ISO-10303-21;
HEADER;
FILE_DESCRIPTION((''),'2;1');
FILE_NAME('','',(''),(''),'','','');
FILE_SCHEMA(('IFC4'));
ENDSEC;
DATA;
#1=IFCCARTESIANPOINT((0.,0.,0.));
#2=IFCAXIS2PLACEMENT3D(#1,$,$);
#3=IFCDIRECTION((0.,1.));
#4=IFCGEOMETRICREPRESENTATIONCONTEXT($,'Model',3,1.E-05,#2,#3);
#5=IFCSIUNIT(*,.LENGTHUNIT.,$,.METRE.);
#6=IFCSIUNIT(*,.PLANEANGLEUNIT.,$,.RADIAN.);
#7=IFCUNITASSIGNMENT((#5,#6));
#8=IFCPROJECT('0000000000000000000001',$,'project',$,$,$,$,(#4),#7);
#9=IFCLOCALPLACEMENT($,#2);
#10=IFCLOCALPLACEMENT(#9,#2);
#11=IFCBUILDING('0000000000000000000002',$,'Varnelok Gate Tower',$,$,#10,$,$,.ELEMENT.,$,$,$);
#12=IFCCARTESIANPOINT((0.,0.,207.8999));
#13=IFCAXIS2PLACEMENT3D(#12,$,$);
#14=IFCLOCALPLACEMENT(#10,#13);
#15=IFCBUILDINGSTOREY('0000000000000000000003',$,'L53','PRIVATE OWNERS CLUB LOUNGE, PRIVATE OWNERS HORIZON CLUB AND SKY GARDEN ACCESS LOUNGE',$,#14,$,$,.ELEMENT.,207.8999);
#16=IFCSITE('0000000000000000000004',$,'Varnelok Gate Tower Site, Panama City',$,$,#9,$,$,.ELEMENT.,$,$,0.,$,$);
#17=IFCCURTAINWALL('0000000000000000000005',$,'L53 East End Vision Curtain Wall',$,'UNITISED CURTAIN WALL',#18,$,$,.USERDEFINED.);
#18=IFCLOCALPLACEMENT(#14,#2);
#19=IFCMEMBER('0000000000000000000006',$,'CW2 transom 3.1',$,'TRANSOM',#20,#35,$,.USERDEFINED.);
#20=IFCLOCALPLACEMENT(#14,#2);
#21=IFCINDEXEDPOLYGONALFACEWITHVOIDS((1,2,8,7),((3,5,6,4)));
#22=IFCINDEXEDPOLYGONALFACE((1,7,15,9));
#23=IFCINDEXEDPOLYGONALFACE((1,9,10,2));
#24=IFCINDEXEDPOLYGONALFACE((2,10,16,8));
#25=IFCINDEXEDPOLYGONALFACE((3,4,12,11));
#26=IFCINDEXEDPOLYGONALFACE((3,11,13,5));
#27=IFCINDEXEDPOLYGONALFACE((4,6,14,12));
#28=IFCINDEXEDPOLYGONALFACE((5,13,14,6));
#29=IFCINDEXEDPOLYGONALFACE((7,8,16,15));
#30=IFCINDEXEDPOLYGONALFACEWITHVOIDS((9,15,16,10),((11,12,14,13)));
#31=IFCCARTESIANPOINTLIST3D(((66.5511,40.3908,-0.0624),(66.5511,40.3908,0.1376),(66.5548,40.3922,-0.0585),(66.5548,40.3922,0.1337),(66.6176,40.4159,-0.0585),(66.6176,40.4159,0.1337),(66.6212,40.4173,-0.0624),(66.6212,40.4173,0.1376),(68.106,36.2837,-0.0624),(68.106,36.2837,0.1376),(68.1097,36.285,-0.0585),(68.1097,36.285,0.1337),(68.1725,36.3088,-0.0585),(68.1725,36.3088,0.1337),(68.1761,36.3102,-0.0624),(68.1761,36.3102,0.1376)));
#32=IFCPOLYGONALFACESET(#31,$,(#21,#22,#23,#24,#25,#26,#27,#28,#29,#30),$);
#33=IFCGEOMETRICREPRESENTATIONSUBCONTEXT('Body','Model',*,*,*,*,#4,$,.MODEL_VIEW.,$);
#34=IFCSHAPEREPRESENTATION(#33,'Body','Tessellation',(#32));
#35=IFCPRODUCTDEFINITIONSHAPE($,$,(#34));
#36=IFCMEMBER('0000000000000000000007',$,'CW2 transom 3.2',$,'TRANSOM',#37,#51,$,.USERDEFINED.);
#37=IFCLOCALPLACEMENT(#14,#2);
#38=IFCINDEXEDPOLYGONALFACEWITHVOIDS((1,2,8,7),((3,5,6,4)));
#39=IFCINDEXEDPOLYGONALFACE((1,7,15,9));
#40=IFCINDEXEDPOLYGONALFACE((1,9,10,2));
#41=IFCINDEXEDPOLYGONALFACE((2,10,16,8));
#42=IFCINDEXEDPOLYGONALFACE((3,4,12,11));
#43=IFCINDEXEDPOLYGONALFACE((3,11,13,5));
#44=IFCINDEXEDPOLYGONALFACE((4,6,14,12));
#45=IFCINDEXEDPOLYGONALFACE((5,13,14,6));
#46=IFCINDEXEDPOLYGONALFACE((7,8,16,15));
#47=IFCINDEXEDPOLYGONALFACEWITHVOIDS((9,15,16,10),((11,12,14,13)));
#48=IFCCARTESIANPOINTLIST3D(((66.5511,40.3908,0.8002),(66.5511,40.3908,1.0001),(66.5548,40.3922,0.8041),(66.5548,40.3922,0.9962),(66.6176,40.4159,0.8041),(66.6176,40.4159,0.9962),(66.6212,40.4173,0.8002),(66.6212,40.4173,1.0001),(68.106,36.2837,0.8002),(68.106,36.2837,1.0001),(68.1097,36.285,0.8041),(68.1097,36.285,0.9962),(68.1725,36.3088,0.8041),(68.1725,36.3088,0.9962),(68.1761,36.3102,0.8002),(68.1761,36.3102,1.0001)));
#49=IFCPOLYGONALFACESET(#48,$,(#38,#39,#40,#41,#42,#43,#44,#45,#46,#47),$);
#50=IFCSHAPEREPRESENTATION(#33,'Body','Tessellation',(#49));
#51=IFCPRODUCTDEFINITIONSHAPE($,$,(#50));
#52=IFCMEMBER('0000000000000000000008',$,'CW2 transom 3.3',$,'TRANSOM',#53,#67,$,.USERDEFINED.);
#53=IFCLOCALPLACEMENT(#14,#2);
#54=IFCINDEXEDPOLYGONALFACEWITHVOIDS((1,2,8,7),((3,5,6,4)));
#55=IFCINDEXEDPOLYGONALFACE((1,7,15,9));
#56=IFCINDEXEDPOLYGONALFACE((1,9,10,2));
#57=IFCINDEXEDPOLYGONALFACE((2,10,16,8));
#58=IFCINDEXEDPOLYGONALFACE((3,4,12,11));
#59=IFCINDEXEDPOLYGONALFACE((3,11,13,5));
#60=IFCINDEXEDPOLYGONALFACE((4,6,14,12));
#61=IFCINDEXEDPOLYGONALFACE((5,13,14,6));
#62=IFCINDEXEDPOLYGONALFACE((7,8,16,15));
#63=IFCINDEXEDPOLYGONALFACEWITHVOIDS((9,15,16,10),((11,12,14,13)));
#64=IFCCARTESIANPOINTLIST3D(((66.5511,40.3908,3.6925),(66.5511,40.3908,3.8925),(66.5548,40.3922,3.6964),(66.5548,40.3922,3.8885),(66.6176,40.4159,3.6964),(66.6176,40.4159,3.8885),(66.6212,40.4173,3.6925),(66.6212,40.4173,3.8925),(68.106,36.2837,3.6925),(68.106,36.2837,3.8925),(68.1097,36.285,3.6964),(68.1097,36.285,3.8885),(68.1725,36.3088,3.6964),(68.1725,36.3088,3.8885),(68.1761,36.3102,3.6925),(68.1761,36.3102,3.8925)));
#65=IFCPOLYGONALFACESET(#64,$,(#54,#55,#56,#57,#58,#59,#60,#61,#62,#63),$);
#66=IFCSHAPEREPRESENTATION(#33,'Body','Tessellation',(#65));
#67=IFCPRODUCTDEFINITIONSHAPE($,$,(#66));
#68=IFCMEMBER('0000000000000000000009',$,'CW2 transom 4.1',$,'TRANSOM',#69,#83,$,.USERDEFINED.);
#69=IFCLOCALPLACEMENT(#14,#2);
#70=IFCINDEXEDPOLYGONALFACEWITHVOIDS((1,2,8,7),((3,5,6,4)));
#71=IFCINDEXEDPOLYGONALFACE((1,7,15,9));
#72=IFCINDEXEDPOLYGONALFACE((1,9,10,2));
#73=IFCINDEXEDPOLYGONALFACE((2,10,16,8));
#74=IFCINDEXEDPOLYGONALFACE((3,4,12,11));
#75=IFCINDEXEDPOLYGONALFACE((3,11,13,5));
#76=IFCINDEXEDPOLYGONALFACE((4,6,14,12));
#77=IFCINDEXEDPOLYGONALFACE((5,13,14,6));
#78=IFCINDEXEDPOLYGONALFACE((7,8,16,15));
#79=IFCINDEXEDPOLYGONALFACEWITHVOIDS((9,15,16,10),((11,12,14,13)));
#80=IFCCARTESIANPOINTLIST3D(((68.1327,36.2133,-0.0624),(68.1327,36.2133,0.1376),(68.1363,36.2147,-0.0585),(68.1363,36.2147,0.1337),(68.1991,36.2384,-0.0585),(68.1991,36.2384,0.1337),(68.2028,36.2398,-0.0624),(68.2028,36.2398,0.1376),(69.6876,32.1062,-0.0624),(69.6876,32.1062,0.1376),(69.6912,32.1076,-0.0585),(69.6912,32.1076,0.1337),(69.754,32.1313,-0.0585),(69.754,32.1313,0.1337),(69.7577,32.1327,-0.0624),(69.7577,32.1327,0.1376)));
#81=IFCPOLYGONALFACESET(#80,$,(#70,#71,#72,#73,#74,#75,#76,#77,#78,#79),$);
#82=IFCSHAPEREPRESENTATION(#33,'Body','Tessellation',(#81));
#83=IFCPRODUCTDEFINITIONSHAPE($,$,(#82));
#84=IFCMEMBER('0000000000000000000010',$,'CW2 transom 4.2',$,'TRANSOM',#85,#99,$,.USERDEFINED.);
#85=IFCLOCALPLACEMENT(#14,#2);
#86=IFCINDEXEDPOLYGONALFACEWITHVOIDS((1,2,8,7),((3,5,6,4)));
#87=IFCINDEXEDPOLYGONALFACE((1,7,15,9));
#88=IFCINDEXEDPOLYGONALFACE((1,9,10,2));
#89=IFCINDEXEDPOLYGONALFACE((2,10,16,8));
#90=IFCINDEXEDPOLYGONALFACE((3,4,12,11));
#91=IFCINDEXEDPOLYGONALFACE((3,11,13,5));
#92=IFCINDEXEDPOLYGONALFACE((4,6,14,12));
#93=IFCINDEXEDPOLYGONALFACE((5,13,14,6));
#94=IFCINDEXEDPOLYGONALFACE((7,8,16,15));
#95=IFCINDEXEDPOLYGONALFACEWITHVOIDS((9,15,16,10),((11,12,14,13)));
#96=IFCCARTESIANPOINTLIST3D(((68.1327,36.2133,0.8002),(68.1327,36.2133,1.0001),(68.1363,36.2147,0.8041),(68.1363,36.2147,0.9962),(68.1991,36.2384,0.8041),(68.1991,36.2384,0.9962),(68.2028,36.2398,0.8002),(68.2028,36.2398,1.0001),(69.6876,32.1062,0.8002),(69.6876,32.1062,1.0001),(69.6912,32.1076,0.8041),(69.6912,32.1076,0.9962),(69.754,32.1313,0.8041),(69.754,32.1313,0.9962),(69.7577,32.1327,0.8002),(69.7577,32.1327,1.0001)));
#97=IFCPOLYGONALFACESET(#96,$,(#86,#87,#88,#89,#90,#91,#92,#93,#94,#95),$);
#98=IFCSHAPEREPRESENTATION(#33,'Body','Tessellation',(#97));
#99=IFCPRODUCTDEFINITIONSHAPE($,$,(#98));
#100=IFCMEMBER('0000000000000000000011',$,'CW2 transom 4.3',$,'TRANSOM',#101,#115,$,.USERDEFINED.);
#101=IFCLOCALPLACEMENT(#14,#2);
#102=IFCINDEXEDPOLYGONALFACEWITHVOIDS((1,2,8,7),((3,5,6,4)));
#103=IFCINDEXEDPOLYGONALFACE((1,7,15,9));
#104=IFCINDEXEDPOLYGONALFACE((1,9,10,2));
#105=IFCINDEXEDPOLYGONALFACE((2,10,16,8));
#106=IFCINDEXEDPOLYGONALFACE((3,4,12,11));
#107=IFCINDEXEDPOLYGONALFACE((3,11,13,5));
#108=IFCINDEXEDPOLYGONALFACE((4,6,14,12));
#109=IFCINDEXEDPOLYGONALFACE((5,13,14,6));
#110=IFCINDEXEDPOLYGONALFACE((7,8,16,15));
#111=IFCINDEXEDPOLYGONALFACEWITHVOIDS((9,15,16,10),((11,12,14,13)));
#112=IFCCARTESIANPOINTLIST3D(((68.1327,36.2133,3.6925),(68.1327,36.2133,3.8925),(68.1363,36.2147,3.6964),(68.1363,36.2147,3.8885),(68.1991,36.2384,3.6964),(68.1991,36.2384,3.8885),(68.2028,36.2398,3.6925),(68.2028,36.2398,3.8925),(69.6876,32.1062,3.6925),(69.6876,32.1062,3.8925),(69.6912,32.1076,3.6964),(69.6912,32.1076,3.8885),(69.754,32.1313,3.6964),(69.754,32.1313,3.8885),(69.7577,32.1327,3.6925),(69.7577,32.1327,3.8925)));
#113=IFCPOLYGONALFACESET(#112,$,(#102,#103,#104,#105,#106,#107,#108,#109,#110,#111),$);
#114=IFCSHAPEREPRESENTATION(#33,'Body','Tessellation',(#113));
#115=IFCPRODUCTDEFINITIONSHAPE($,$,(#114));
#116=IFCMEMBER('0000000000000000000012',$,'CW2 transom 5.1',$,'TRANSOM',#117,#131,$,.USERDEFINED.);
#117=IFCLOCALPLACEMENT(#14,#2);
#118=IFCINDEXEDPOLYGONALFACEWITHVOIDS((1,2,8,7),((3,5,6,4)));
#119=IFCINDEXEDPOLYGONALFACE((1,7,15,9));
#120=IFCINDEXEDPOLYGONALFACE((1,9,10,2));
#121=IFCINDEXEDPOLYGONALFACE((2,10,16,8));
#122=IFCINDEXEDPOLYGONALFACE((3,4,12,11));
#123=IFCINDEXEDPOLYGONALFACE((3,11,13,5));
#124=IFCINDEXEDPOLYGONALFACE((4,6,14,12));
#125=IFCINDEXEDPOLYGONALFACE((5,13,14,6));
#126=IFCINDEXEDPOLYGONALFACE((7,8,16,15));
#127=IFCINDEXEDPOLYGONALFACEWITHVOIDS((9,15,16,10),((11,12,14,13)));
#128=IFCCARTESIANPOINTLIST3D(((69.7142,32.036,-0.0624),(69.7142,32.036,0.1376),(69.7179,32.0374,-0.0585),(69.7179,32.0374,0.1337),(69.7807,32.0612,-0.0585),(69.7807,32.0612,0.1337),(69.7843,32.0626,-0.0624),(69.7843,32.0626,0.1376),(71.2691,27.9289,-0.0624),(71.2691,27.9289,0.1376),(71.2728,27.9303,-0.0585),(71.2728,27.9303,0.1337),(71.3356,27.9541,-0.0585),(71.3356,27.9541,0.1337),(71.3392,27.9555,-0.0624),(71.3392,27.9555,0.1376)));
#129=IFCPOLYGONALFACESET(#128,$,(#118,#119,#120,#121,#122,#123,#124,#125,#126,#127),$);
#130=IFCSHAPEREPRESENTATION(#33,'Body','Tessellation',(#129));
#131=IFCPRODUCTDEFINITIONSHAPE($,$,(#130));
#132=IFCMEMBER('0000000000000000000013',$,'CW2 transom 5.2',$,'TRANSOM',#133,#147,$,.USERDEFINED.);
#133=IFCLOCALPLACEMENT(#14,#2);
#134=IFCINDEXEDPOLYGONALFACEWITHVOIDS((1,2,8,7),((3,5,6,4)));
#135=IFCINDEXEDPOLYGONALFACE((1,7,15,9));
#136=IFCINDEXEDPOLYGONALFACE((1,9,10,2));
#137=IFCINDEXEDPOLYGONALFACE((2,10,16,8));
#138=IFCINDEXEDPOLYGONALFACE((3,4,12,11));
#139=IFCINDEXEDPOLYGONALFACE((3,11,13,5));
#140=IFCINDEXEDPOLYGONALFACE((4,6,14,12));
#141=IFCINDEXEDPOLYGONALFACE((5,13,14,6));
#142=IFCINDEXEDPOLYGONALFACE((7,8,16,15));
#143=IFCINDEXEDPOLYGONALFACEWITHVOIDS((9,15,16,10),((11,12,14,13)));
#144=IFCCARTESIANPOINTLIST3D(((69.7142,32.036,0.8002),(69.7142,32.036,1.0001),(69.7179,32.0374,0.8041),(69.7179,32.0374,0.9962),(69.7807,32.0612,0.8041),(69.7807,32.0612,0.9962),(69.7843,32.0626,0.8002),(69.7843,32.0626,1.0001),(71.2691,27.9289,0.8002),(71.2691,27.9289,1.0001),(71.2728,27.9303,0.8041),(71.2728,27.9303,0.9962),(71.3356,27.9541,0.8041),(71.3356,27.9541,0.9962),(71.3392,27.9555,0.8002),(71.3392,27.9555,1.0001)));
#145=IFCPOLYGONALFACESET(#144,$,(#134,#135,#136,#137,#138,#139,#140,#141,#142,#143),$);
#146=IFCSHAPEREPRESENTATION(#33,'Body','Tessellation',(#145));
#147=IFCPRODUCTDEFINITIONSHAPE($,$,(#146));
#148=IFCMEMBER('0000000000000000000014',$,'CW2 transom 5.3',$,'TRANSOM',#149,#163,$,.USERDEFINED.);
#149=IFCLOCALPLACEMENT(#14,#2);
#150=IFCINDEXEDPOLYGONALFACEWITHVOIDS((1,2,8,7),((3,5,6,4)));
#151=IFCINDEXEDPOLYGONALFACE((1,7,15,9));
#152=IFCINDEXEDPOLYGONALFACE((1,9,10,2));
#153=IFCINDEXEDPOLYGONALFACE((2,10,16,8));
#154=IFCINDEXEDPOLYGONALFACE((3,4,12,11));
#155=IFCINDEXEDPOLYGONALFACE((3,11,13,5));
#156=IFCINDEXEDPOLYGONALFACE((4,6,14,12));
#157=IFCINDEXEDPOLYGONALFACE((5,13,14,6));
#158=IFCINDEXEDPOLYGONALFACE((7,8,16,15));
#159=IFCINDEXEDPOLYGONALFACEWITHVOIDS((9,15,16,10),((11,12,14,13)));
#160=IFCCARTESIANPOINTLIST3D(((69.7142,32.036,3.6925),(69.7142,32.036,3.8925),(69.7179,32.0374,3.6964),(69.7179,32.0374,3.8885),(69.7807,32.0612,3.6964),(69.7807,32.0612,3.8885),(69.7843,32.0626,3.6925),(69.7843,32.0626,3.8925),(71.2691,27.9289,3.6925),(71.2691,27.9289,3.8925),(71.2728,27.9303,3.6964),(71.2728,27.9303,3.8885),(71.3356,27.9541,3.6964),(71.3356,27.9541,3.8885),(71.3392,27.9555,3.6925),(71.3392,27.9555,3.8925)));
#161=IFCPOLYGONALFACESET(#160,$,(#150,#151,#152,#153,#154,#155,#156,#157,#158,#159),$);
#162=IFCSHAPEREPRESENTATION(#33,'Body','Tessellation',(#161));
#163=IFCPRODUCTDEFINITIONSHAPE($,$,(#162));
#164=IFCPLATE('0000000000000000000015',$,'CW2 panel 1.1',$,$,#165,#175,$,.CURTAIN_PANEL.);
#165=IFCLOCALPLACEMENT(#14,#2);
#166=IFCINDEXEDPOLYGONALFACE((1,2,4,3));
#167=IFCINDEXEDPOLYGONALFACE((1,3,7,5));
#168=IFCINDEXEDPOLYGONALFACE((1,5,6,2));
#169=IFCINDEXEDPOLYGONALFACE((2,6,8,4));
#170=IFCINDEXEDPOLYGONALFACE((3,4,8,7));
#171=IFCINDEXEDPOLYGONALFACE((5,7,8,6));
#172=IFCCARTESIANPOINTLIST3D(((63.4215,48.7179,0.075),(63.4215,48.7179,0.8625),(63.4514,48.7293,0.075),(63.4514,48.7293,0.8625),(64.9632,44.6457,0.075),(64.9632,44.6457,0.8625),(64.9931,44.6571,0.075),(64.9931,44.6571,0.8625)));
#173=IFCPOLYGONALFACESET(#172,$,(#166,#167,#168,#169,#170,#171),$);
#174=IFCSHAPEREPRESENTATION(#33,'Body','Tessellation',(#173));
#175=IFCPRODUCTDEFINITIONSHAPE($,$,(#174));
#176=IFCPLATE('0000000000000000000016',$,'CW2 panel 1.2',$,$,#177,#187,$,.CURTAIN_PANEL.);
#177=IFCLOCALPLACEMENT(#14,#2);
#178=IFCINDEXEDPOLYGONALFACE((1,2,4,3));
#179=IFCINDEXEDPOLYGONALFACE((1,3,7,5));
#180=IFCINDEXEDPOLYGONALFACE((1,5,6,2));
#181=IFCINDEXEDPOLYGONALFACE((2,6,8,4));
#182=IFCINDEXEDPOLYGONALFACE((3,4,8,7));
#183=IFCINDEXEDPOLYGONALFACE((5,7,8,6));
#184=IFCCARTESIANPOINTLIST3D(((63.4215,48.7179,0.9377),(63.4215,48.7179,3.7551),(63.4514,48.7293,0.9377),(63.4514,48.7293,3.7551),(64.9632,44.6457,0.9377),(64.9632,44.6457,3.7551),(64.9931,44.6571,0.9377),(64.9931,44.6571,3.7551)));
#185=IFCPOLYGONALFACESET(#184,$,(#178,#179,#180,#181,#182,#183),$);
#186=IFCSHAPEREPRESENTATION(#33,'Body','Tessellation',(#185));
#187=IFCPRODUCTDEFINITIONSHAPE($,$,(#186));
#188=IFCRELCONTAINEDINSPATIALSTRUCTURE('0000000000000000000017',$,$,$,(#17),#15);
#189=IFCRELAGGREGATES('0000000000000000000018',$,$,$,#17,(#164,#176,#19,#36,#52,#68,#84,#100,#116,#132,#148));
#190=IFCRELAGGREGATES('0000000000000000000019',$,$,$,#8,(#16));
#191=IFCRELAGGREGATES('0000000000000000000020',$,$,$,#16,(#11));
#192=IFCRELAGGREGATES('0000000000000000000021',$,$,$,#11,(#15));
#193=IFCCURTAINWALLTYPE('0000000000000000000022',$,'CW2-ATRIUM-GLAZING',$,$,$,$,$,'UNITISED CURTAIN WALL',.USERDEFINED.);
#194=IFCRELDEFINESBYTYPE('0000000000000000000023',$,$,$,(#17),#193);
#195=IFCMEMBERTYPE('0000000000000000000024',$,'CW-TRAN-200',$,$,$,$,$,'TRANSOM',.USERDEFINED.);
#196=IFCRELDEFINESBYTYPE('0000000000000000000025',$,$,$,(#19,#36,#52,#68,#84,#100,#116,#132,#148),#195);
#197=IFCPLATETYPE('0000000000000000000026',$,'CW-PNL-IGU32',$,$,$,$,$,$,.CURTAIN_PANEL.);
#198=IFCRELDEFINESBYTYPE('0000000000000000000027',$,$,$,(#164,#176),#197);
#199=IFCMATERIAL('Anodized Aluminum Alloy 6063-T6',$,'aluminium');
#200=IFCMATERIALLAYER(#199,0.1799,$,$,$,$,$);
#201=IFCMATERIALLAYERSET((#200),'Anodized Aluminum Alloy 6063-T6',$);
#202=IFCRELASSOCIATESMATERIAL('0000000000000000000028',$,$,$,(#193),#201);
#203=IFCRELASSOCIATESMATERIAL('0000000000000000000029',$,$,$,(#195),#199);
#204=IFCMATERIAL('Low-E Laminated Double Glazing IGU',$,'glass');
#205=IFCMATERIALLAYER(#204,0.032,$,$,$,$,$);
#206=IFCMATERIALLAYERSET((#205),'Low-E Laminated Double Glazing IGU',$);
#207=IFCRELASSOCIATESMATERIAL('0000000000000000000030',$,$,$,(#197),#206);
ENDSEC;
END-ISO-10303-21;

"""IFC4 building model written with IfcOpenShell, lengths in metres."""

from ifc_helpers import new_model, si_unit, direction, frame, origin, origin_2d, place, context, subcontext, project, spatial, rectangle, hollow_rectangle, extrude, source, transform, mapped, material, layer, layer_set, material_profile, profile_set, type_object, element, aggregate, save


model = new_model("IFC4")

# Units and contexts
model_context = context("Model", 3, precision=1e-05, world=origin(), true_north=direction((0.0, 1.0)))
body_context = subcontext(model_context, "Body", "Model", "MODEL_VIEW")
ifc_project = project(units=[si_unit("LENGTHUNIT", "METRE"), si_unit("PLANEANGLEUNIT", "RADIAN")], contexts=[model_context])

# Site, building, storey
site_placement = place(None, origin())
site = spatial("IfcSite", under=ifc_project, at=site_placement, Name="Varnelok Gate Tower Site, Panama City", CompositionType="ELEMENT", RefElevation=0.0)
building_placement = place(site_placement, origin())
building = spatial("IfcBuilding", under=site, at=building_placement, Name="Varnelok Gate Tower", CompositionType="ELEMENT")
storey_placement = place(building_placement, frame((0.0, 0.0, 207.8999)))
storey = spatial("IfcBuildingStorey", under=building, at=storey_placement, Name="L53", Description="PRIVATE OWNERS CLUB LOUNGE, PRIVATE OWNERS HORIZON CLUB AND SKY GARDEN ACCESS LOUNGE", CompositionType="ELEMENT", Elevation=207.8999)

# Curtain wall, members, plates
ifc_material_1 = material(Name="Anodized Aluminum Alloy 6063-T6", Category="aluminium")
ifc_layer_1 = layer(ifc_material_1, 0.1799)
ifc_layer_set_1 = layer_set([ifc_layer_1], Name="Anodized Aluminum Alloy 6063-T6")
curtain_wall_type = type_object("IfcCurtainWallType", Name="CW2-ATRIUM-GLAZING", ElementType="UNITISED CURTAIN WALL", PredefinedType="USERDEFINED", material=ifc_layer_set_1)
curtain_wall_placement = place(storey_placement, origin())
curtain_wall = element("IfcCurtainWall", 1, at=curtain_wall_placement, inside=storey, type_object=curtain_wall_type, Name="L53 East End Vision Curtain Wall", ObjectType="UNITISED CURTAIN WALL", PredefinedType="USERDEFINED")
ifc_material_profile_1 = material_profile(ifc_material_1, hollow_rectangle(XDim=0.075, YDim=0.2, WallThickness=0.0039, at=origin_2d()), Name="ALU200X75X4")
ifc_profile_set_1 = profile_set([ifc_material_profile_1], Name="Anodized Aluminum Alloy 6063-T6")
member_type_1 = type_object("IfcMemberType", Name="CW-TRAN-200", ElementType="TRANSOM", PredefinedType="USERDEFINED", material=ifc_profile_set_1)
member_1_placement = place(storey_placement, frame((66.5862, 40.4041, 0.0376), z_axis=(0.354064, -0.935221, 0.0), x_axis=(0.935221, 0.354064, 0.0)))
member_1 = element("IfcMember", 2, at=member_1_placement, type_object=member_type_1, Name="CW2 transom 3.1", ObjectType="TRANSOM", PredefinedType="USERDEFINED", context=body_context, shape_type="SweptSolid", body=[
    extrude(hollow_rectangle(XDim=0.075, YDim=0.2, WallThickness=0.0039, at=origin_2d()), origin(), (0.0, 0.0, 1.0), 4.3916),
])
member_2_placement = place(storey_placement, frame((66.5862, 40.4041, 0.9001), z_axis=(0.354064, -0.935221, 0.0), x_axis=(0.935221, 0.354064, 0.0)))
member_2 = element("IfcMember", 3, at=member_2_placement, type_object=member_type_1, Name="CW2 transom 3.2", ObjectType="TRANSOM", PredefinedType="USERDEFINED", context=body_context, shape_type="SweptSolid", body=[
    extrude(hollow_rectangle(XDim=0.075, YDim=0.2, WallThickness=0.0039, at=origin_2d()), origin(), (0.0, 0.0, 1.0), 4.3916),
])
member_3_placement = place(storey_placement, frame((66.5862, 40.4041, 3.7925), z_axis=(0.354064, -0.935221, 0.0), x_axis=(0.935221, 0.354064, 0.0)))
member_3 = element("IfcMember", 4, at=member_3_placement, type_object=member_type_1, Name="CW2 transom 3.3", ObjectType="TRANSOM", PredefinedType="USERDEFINED", context=body_context, shape_type="SweptSolid", body=[
    extrude(hollow_rectangle(XDim=0.075, YDim=0.2, WallThickness=0.0039, at=origin_2d()), origin(), (0.0, 0.0, 1.0), 4.3916),
])
member_4_placement = place(storey_placement, frame((68.1677, 36.2266, 0.0376), z_axis=(0.354064, -0.935221, 0.0), x_axis=(0.935221, 0.354064, 0.0)))
member_4 = element("IfcMember", 5, at=member_4_placement, type_object=member_type_1, Name="CW2 transom 4.1", ObjectType="TRANSOM", PredefinedType="USERDEFINED", context=body_context, shape_type="SweptSolid", body=[
    extrude(hollow_rectangle(XDim=0.075, YDim=0.2, WallThickness=0.0039, at=origin_2d()), origin(), (0.0, 0.0, 1.0), 4.3916),
])
member_5_placement = place(storey_placement, frame((68.1677, 36.2266, 0.9001), z_axis=(0.354064, -0.935221, 0.0), x_axis=(0.935221, 0.354064, 0.0)))
member_5 = element("IfcMember", 6, at=member_5_placement, type_object=member_type_1, Name="CW2 transom 4.2", ObjectType="TRANSOM", PredefinedType="USERDEFINED", context=body_context, shape_type="SweptSolid", body=[
    extrude(hollow_rectangle(XDim=0.075, YDim=0.2, WallThickness=0.0039, at=origin_2d()), origin(), (0.0, 0.0, 1.0), 4.3916),
])
member_6_placement = place(storey_placement, frame((68.1677, 36.2266, 3.7925), z_axis=(0.354064, -0.935221, 0.0), x_axis=(0.935221, 0.354064, 0.0)))
member_6 = element("IfcMember", 7, at=member_6_placement, type_object=member_type_1, Name="CW2 transom 4.3", ObjectType="TRANSOM", PredefinedType="USERDEFINED", context=body_context, shape_type="SweptSolid", body=[
    extrude(hollow_rectangle(XDim=0.075, YDim=0.2, WallThickness=0.0039, at=origin_2d()), origin(), (0.0, 0.0, 1.0), 4.3916),
])
member_7_placement = place(storey_placement, frame((69.7493, 32.0493, 0.0376), z_axis=(0.354064, -0.935221, 0.0), x_axis=(0.935221, 0.354064, 0.0)))
member_7 = element("IfcMember", 8, at=member_7_placement, type_object=member_type_1, Name="CW2 transom 5.1", ObjectType="TRANSOM", PredefinedType="USERDEFINED", context=body_context, shape_type="SweptSolid", body=[
    extrude(hollow_rectangle(XDim=0.075, YDim=0.2, WallThickness=0.0039, at=origin_2d()), origin(), (0.0, 0.0, 1.0), 4.3916),
])
member_8_placement = place(storey_placement, frame((69.7493, 32.0493, 0.9001), z_axis=(0.354064, -0.935221, 0.0), x_axis=(0.935221, 0.354064, 0.0)))
member_8 = element("IfcMember", 9, at=member_8_placement, type_object=member_type_1, Name="CW2 transom 5.2", ObjectType="TRANSOM", PredefinedType="USERDEFINED", context=body_context, shape_type="SweptSolid", body=[
    extrude(hollow_rectangle(XDim=0.075, YDim=0.2, WallThickness=0.0039, at=origin_2d()), origin(), (0.0, 0.0, 1.0), 4.3916),
])
member_9_placement = place(storey_placement, frame((69.7493, 32.0493, 3.7925), z_axis=(0.354064, -0.935221, 0.0), x_axis=(0.935221, 0.354064, 0.0)))
member_9 = element("IfcMember", 10, at=member_9_placement, type_object=member_type_1, Name="CW2 transom 5.3", ObjectType="TRANSOM", PredefinedType="USERDEFINED", context=body_context, shape_type="SweptSolid", body=[
    extrude(hollow_rectangle(XDim=0.075, YDim=0.2, WallThickness=0.0039, at=origin_2d()), origin(), (0.0, 0.0, 1.0), 4.3916),
])
ifc_material_2 = material(Name="Low-E Laminated Double Glazing IGU", Category="glass")
ifc_layer_2 = layer(ifc_material_2, 0.032)
ifc_layer_set_2 = layer_set([ifc_layer_2], Name="Low-E Laminated Double Glazing IGU")
plate_type = type_object("IfcPlateType", Name="CW-PNL-IGU32", PredefinedType="CURTAIN_PANEL", material=ifc_layer_set_2)
shared_shape_1 = source(origin(), body_context, "Body", "SweptSolid", [
    extrude(rectangle(XDim=4.3542, YDim=0.032, at=origin_2d()), origin(), (0.0, 0.0, 1.0), 0.7876),
])
plate_1_placement = place(storey_placement, frame((64.2073, 46.6875, 0.075), z_axis=(0.0, 0.0, 1.0), x_axis=(0.354064, -0.935221, 0.0)))
plate_1 = element("IfcPlate", 11, at=plate_1_placement, type_object=plate_type, Name="CW2 panel 1.1", PredefinedType="CURTAIN_PANEL", context=body_context, shape_type="MappedRepresentation", body=[
    mapped(shared_shape_1, transform((0.0, 0.0, 0.0), scale=1.0)),
])
shared_shape_2 = source(origin(), body_context, "Body", "SweptSolid", [
    extrude(rectangle(XDim=4.3542, YDim=0.032, at=origin_2d()), origin(), (0.0, 0.0, 1.0), 2.8174),
])
plate_2_placement = place(storey_placement, frame((64.2073, 46.6875, 0.9377), z_axis=(0.0, 0.0, 1.0), x_axis=(0.354064, -0.935221, 0.0)))
plate_2 = element("IfcPlate", 12, at=plate_2_placement, type_object=plate_type, Name="CW2 panel 1.2", PredefinedType="CURTAIN_PANEL", context=body_context, shape_type="MappedRepresentation", body=[
    mapped(shared_shape_2, transform((0.0, 0.0, 0.0), scale=1.0)),
])
aggregate(curtain_wall, [plate_1, plate_2, member_1, member_2, member_3, member_4, member_5, member_6, member_7, member_8, member_9])

save(model, "model.ifc")
